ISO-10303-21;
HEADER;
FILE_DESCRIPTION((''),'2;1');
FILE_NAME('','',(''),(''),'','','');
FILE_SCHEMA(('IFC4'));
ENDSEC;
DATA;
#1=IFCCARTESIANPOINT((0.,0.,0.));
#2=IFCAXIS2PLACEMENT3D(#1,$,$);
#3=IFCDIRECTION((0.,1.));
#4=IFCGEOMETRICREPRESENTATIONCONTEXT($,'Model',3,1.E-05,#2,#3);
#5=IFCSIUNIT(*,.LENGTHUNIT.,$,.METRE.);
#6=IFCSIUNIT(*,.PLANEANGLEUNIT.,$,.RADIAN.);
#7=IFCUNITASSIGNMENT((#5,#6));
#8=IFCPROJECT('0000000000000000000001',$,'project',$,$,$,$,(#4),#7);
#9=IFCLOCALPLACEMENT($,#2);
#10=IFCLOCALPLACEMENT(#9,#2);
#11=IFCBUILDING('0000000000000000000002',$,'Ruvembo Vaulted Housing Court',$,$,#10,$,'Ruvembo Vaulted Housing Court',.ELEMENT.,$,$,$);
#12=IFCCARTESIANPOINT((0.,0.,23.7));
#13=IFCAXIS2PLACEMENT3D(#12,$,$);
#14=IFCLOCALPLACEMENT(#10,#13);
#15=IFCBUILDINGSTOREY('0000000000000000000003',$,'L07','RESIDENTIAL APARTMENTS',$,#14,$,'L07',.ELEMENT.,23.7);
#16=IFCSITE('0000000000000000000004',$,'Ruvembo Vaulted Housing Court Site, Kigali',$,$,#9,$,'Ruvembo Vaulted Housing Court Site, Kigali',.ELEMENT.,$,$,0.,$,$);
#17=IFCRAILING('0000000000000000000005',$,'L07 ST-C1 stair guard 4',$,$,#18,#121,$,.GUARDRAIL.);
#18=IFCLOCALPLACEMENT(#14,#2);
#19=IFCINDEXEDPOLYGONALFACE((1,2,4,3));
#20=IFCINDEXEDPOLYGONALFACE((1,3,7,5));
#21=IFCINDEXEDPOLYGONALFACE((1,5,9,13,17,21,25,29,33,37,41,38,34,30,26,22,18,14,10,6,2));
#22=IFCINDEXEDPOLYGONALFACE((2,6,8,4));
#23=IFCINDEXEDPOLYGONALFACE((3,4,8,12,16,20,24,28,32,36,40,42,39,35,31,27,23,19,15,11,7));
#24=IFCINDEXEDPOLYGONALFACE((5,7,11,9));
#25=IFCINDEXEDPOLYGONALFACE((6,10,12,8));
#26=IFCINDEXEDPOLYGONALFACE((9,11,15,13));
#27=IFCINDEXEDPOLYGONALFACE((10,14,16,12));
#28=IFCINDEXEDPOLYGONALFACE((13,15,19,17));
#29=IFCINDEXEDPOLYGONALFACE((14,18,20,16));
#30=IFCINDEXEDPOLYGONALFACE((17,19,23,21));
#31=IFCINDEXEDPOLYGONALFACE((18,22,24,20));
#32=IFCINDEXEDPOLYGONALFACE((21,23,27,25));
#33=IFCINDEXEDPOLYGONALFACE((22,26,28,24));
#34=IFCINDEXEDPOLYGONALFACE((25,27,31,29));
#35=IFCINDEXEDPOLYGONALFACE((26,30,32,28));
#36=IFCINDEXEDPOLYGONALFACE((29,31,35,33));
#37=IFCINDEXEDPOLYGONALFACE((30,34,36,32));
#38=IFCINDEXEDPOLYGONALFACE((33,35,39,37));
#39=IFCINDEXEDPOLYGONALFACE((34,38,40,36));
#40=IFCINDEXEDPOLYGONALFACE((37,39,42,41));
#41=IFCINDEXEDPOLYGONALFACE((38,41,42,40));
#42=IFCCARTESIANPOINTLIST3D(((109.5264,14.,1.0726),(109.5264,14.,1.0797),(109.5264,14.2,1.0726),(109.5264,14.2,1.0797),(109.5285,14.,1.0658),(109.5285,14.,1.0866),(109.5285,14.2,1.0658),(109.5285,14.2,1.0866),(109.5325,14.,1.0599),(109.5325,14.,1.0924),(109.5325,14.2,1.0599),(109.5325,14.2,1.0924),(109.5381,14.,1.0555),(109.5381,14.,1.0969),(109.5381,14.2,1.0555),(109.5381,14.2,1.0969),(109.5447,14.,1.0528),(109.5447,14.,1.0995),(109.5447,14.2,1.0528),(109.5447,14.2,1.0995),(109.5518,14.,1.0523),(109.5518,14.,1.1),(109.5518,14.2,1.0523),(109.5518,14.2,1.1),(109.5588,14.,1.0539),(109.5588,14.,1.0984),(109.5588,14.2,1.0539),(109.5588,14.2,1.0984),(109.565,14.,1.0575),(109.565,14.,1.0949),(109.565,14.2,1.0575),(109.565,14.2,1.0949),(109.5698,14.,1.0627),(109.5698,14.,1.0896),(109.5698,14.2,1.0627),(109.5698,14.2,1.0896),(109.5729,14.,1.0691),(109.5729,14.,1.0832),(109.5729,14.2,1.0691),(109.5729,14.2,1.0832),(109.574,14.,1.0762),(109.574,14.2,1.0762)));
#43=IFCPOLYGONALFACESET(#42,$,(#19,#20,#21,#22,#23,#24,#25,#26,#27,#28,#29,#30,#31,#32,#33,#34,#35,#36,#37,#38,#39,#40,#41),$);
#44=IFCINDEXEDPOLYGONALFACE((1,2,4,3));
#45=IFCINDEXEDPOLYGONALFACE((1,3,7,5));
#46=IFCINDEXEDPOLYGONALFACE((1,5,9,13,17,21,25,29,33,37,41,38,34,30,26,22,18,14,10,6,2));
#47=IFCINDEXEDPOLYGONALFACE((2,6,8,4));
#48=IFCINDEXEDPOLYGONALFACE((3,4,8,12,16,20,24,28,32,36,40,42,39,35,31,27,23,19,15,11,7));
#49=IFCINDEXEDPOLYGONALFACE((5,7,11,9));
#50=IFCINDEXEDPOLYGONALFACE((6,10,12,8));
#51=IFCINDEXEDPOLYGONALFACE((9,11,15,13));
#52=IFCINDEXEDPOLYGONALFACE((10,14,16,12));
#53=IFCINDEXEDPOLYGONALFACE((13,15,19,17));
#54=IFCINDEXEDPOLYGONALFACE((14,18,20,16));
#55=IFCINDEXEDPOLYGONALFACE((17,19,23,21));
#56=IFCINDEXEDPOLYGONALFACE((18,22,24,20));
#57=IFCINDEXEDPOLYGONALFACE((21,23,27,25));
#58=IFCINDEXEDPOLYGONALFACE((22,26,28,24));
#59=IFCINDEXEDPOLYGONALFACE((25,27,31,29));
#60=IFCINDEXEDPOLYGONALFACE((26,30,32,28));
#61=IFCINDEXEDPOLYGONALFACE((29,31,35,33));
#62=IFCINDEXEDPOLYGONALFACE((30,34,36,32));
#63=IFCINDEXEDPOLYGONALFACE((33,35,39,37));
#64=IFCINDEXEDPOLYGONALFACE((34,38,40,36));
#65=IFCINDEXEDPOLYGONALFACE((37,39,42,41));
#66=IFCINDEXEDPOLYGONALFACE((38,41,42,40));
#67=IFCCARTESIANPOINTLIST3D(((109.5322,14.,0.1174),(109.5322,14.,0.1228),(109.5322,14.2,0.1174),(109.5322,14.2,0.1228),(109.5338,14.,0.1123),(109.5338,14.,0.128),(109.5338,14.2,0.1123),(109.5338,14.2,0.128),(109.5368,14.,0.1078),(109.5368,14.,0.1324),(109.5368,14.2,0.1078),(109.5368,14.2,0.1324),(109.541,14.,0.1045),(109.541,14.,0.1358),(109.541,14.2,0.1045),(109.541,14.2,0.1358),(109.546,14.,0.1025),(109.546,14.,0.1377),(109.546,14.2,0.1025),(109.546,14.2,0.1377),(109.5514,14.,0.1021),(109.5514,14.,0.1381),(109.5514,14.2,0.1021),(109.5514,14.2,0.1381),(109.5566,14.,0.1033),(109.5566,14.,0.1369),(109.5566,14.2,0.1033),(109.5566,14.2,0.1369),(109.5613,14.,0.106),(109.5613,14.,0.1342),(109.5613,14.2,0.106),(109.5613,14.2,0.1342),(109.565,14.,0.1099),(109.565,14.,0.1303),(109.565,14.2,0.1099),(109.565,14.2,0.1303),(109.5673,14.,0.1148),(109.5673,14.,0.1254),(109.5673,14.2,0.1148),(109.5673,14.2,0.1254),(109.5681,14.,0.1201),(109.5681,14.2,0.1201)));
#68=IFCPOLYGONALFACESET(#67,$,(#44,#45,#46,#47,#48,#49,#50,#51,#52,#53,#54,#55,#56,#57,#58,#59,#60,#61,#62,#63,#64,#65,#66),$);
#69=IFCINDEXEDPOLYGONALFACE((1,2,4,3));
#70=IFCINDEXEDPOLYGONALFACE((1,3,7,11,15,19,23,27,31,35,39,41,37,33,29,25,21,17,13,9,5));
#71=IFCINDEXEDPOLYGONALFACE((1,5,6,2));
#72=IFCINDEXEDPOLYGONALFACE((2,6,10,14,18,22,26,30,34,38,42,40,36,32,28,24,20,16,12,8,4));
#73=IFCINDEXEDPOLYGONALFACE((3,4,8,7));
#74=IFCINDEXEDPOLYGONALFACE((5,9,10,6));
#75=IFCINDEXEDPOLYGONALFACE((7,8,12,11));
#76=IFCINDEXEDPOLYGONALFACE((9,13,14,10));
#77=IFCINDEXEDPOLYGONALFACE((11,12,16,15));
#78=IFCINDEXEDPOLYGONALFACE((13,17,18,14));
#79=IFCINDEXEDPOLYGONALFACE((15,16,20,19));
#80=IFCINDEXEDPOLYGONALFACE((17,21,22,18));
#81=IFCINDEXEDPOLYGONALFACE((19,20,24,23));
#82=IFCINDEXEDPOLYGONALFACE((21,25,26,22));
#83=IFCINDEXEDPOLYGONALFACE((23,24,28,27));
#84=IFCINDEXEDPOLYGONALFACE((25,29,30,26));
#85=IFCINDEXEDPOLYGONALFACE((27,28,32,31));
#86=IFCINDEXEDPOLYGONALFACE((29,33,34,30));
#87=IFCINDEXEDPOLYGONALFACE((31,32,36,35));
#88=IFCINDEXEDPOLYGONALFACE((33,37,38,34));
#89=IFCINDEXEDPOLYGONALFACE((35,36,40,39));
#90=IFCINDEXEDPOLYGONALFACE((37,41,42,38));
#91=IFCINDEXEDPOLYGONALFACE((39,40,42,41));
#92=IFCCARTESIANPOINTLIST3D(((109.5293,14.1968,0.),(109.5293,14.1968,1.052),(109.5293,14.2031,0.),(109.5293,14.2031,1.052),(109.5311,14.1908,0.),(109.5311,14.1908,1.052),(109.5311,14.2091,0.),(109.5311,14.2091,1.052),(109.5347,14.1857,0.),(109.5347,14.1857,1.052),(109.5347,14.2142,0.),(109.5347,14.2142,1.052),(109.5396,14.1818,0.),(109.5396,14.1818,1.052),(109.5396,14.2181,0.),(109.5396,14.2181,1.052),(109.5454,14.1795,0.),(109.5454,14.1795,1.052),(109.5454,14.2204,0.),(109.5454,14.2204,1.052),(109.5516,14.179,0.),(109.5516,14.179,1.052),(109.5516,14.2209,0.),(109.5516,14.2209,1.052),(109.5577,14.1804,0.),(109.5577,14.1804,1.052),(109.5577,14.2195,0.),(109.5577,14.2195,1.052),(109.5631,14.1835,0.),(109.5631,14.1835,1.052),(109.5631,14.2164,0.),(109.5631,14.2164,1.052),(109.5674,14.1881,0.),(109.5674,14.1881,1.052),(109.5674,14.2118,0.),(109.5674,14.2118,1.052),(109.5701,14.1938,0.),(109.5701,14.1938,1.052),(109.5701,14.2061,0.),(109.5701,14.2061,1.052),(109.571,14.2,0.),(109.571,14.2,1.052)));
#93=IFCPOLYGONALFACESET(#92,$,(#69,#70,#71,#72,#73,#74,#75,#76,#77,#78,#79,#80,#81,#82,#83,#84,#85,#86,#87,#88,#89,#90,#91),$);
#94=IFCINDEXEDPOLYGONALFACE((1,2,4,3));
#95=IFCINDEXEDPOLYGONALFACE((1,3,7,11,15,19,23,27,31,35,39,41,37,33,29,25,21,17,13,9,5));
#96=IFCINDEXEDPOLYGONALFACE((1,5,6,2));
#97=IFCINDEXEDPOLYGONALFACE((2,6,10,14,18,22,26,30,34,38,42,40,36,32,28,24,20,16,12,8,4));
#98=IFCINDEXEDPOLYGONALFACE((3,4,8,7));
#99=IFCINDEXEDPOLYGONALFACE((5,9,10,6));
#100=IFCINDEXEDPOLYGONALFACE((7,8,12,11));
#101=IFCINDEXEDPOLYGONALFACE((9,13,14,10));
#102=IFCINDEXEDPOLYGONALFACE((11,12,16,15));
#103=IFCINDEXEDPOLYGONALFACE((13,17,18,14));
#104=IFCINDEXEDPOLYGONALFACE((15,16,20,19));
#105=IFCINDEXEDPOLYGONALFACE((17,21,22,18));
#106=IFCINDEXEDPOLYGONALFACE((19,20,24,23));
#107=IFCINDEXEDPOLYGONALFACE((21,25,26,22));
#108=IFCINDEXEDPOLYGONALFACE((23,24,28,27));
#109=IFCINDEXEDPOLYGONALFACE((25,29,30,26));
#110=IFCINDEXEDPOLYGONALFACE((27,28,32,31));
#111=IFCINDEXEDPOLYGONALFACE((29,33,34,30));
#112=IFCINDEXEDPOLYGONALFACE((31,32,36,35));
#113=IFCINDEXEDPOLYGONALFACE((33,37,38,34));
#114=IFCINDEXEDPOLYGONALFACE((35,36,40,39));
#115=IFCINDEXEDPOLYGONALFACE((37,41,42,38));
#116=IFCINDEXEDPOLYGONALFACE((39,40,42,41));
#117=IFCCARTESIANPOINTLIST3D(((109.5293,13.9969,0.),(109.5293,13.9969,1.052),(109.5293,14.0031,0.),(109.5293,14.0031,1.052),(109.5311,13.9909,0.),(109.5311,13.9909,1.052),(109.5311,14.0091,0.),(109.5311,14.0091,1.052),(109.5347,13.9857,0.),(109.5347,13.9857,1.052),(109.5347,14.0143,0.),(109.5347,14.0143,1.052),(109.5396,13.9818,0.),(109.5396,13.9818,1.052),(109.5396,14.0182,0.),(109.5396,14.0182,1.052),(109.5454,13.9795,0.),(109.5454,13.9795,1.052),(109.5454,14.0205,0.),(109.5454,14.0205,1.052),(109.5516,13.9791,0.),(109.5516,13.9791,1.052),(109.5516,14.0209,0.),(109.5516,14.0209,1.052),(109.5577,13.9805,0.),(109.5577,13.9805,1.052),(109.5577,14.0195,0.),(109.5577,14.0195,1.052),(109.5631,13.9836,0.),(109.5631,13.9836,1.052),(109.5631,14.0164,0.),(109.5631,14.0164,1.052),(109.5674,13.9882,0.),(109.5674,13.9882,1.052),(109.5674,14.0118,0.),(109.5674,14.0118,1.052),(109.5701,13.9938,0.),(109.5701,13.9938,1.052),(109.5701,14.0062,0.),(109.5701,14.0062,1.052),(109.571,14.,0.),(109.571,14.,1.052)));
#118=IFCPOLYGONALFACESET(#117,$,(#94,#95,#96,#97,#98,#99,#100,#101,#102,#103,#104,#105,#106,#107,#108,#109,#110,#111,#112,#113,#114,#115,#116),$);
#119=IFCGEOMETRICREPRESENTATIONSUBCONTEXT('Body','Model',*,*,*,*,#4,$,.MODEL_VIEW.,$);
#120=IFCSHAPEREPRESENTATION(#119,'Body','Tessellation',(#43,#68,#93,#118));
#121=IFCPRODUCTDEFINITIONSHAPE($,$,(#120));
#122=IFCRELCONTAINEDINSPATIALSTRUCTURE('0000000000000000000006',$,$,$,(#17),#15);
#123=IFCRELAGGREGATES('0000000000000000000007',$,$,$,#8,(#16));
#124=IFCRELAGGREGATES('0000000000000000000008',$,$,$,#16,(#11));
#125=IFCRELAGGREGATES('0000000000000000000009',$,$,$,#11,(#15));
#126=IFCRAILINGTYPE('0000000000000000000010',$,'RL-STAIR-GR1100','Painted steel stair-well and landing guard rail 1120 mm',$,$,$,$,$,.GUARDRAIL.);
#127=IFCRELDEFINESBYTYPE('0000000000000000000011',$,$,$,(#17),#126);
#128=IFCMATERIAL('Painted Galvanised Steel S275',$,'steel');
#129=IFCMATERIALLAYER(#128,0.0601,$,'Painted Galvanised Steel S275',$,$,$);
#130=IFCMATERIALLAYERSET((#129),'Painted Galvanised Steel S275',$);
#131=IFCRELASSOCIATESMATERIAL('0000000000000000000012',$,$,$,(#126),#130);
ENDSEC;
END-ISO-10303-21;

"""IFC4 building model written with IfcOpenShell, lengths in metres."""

from ifc_helpers import new_model, si_unit, direction, frame, origin, origin_2d, place, context, subcontext, project, spatial, circle, extrude, material, layer, layer_set, type_object, element, save


model = new_model("IFC4")

# Units and contexts
model_context = context("Model", 3, precision=1e-05, world=origin(), true_north=direction((0.0, 1.0)))
body_context = subcontext(model_context, "Body", "Model", "MODEL_VIEW")
ifc_project = project(units=[si_unit("LENGTHUNIT", "METRE"), si_unit("PLANEANGLEUNIT", "RADIAN")], contexts=[model_context])

# Site, building, storey
site_placement = place(None, origin())
site = spatial("IfcSite", under=ifc_project, at=site_placement, Name="Ruvembo Vaulted Housing Court Site, Kigali", LongName="Ruvembo Vaulted Housing Court Site, Kigali", CompositionType="ELEMENT", RefElevation=0.0)
building_placement = place(site_placement, origin())
building = spatial("IfcBuilding", under=site, at=building_placement, Name="Ruvembo Vaulted Housing Court", LongName="Ruvembo Vaulted Housing Court", CompositionType="ELEMENT")
storey_placement = place(building_placement, frame((0.0, 0.0, 23.7)))
storey = spatial("IfcBuildingStorey", under=building, at=storey_placement, Name="L07", Description="RESIDENTIAL APARTMENTS", LongName="L07", CompositionType="ELEMENT", Elevation=23.7)

# Railing
ifc_material_1 = material(Name="Painted Galvanised Steel S275", Category="steel")
ifc_layer_1 = layer(ifc_material_1, 0.0601, Name="Painted Galvanised Steel S275")
ifc_layer_set_1 = layer_set([ifc_layer_1], Name="Painted Galvanised Steel S275")
railing_type_1 = type_object("IfcRailingType", Name="RL-STAIR-GR1100", Description="Painted steel stair-well and landing guard rail 1120 mm", PredefinedType="GUARDRAIL", material=ifc_layer_set_1)
railing_1_placement = place(storey_placement, frame((109.55, 14.2, 0.0)))
element("IfcRailing", 1, at=railing_1_placement, inside=storey, type_object=railing_type_1, Name="L07 ST-C1 stair guard 4", PredefinedType="GUARDRAIL", context=body_context, shape_type="SweptSolid", body=[
    extrude(circle(Radius=0.0239, at=origin_2d()), frame((0.0, 0.0, 1.0762), z_axis=(0.0, -1.0, 0.0), x_axis=(1.0, 0.0, 0.0)), (0.0, 0.0, 1.0), 0.2),
    extrude(circle(Radius=0.0181, at=origin_2d()), frame((0.0, 0.0, 0.1201), z_axis=(0.0, -1.0, 0.0), x_axis=(1.0, 0.0, 0.0)), (0.0, 0.0, 1.0), 0.2),
    extrude(circle(Radius=0.021, at=origin_2d()), origin(), (0.0, 0.0, 1.0), 1.052),
    extrude(circle(Radius=0.021, at=origin_2d()), frame((0.0, -0.2, 0.0)), (0.0, 0.0, 1.0), 1.052),
])

save(model, "model.ifc")
